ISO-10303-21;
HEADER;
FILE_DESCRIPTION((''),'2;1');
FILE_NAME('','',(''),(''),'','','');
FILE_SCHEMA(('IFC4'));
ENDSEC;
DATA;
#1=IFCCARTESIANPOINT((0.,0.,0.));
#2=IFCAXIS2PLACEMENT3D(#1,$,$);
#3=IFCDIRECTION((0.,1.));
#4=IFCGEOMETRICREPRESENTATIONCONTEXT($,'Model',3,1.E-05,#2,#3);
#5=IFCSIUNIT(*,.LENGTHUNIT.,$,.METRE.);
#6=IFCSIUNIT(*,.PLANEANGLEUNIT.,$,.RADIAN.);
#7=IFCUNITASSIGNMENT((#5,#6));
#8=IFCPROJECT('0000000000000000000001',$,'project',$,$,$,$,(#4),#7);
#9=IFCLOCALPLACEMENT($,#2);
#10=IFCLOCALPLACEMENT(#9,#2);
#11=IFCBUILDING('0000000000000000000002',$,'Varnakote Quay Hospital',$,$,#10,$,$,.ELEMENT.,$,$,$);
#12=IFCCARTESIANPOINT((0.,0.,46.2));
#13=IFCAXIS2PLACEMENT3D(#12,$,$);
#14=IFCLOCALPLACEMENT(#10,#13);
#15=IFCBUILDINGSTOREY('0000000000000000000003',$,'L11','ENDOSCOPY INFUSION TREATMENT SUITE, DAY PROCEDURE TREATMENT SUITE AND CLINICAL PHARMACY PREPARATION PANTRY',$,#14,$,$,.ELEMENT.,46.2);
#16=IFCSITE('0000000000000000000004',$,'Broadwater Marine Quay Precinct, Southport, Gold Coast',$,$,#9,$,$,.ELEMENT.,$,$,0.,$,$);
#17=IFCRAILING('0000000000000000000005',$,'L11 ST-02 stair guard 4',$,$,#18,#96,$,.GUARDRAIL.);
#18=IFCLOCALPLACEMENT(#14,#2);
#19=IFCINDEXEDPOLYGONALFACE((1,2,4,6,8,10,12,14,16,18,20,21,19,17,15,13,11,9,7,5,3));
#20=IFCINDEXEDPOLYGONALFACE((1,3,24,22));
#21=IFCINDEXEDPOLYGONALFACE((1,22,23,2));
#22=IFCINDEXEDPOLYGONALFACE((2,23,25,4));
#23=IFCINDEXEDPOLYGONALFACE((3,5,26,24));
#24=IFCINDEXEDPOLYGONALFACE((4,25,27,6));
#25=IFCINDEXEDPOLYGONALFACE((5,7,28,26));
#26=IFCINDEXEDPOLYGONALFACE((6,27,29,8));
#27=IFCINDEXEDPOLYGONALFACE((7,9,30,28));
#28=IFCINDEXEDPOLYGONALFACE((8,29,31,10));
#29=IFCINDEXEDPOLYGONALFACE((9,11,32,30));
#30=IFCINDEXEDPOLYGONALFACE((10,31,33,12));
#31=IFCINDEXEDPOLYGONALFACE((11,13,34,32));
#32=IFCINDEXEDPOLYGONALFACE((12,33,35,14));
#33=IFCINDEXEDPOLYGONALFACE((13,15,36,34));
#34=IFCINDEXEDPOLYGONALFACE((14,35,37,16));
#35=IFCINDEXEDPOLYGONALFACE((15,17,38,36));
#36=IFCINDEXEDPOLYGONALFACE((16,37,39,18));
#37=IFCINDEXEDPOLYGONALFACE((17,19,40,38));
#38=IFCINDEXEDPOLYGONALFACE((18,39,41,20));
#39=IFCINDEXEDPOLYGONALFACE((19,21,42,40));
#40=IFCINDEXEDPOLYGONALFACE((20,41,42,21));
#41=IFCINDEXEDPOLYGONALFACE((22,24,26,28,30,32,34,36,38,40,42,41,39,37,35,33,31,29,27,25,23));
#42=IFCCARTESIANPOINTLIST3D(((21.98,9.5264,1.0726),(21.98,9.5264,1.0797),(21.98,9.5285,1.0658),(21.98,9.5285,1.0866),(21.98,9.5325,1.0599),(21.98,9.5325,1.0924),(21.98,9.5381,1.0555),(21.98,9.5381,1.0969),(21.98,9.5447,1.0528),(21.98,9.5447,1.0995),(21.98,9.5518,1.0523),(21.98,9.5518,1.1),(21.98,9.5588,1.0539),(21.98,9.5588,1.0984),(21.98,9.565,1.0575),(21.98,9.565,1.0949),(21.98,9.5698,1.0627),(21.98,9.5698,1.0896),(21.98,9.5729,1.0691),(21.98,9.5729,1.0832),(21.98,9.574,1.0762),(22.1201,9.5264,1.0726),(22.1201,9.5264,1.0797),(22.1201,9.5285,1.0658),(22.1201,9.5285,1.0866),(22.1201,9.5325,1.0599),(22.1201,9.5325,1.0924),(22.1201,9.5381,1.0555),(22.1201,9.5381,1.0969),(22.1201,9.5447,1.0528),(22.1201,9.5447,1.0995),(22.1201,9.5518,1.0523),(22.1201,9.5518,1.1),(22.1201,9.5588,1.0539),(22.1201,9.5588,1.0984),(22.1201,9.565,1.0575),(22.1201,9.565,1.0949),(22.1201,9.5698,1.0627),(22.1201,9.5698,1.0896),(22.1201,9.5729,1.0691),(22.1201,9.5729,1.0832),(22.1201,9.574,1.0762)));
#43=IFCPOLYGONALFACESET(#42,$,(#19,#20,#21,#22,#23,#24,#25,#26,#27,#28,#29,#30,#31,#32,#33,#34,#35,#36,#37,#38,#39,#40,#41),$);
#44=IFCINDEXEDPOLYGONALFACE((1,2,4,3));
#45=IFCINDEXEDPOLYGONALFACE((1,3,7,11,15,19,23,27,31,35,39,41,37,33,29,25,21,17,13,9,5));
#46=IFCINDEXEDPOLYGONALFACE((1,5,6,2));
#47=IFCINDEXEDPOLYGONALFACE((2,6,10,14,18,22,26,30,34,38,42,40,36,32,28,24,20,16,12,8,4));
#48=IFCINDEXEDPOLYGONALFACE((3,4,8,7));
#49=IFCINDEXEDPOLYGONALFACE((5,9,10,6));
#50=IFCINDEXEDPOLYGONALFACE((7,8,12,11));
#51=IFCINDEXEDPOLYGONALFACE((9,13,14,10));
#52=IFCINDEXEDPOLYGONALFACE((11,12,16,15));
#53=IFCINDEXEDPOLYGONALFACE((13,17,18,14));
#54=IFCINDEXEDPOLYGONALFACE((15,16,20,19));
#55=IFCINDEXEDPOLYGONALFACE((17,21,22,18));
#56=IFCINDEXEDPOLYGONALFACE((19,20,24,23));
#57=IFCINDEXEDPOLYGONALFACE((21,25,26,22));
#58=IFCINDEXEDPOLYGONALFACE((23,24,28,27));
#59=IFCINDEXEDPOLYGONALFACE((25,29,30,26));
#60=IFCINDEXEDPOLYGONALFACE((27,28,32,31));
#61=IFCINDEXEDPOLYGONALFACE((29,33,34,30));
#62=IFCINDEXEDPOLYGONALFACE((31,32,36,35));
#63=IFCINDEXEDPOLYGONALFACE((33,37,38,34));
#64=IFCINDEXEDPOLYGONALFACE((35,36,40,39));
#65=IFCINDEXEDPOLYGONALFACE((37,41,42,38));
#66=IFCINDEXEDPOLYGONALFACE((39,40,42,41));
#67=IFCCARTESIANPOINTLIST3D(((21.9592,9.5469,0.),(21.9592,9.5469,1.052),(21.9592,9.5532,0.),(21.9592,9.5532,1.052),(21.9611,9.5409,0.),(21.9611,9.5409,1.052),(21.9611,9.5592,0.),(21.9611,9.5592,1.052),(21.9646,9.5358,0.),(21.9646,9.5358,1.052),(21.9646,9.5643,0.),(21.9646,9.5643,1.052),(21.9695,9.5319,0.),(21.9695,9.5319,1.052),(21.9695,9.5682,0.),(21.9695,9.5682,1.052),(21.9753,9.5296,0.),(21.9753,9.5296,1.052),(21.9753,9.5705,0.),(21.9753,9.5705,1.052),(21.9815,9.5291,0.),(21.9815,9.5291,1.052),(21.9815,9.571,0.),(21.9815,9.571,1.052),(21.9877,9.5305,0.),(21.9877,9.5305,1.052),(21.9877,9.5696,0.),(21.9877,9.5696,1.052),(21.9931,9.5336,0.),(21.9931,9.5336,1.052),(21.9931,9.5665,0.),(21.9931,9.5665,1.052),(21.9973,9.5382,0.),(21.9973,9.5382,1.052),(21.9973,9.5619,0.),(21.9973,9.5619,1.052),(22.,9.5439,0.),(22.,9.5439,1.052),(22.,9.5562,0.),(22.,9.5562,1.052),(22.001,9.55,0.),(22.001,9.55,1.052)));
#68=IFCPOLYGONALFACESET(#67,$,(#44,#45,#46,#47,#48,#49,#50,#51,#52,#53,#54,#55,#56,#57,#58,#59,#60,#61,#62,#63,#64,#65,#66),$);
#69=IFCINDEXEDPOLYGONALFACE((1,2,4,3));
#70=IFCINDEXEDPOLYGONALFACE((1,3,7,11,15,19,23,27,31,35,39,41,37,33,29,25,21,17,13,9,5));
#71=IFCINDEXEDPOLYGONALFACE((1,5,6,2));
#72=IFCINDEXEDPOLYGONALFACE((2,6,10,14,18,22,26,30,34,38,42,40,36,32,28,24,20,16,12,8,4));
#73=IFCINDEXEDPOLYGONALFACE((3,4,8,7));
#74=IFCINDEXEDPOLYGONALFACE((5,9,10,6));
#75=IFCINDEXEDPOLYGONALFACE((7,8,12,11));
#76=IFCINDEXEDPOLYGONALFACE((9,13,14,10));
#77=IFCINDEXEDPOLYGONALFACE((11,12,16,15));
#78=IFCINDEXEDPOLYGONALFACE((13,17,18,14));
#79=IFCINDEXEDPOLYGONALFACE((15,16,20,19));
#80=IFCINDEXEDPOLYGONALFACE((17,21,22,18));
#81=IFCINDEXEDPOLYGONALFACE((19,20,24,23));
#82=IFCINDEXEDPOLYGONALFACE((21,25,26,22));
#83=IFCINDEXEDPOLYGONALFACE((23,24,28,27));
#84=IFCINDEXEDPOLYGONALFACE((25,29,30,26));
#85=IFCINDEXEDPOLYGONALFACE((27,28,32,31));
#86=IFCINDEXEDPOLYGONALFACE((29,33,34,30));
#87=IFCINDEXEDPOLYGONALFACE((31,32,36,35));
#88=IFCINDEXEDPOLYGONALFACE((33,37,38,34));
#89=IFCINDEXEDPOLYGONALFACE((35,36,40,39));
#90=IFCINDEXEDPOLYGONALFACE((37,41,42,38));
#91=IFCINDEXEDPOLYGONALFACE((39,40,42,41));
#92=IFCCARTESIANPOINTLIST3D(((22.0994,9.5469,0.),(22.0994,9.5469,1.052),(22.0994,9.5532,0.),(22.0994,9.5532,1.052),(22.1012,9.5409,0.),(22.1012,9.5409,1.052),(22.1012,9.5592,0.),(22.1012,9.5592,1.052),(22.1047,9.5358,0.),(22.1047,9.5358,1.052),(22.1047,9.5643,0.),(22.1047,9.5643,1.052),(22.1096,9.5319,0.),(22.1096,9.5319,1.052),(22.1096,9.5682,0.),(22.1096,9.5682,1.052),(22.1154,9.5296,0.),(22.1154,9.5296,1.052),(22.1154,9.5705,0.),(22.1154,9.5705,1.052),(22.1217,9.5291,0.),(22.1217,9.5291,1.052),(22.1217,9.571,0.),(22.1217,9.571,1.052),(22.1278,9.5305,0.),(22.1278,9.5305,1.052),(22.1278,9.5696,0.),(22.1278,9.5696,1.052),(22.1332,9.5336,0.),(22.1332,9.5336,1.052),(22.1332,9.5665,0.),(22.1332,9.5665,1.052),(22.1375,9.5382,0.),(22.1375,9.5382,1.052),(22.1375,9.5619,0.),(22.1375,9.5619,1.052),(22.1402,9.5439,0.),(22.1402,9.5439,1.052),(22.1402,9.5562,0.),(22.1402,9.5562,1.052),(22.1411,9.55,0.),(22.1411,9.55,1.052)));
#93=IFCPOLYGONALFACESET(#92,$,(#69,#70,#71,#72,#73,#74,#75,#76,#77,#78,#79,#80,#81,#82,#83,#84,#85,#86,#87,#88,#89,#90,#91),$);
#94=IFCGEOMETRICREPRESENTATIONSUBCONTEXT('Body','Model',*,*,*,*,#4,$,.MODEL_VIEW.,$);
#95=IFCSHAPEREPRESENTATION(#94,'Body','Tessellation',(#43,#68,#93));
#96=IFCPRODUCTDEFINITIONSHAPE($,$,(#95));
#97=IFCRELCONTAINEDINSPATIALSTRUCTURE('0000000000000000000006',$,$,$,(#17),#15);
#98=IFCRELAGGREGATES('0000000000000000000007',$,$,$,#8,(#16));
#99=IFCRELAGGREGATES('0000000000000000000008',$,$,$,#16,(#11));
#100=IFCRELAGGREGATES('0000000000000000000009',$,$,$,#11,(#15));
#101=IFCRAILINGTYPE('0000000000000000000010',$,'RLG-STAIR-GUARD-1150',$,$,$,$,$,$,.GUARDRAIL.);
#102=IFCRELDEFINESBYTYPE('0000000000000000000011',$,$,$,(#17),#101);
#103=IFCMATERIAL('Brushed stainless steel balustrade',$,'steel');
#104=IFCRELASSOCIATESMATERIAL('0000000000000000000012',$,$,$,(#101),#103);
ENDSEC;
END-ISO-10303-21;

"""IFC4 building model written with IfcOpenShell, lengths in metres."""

from ifc_helpers import new_model, si_unit, direction, frame, origin, origin_2d, place, context, subcontext, project, spatial, circle, extrude, material, type_object, element, save


model = new_model("IFC4")

# Units and contexts
model_context = context("Model", 3, precision=1e-05, world=origin(), true_north=direction((0.0, 1.0)))
body_context = subcontext(model_context, "Body", "Model", "MODEL_VIEW")
ifc_project = project(units=[si_unit("LENGTHUNIT", "METRE"), si_unit("PLANEANGLEUNIT", "RADIAN")], contexts=[model_context])

# Site, building, storey
site_placement = place(None, origin())
site = spatial("IfcSite", under=ifc_project, at=site_placement, Name="Broadwater Marine Quay Precinct, Southport, Gold Coast", CompositionType="ELEMENT", RefElevation=0.0)
building_placement = place(site_placement, origin())
building = spatial("IfcBuilding", under=site, at=building_placement, Name="Varnakote Quay Hospital", CompositionType="ELEMENT")
storey_placement = place(building_placement, frame((0.0, 0.0, 46.2)))
storey = spatial("IfcBuildingStorey", under=building, at=storey_placement, Name="L11", Description="ENDOSCOPY INFUSION TREATMENT SUITE, DAY PROCEDURE TREATMENT SUITE AND CLINICAL PHARMACY PREPARATION PANTRY", CompositionType="ELEMENT", Elevation=46.2)

# Railing
ifc_material_1 = material(Name="Brushed stainless steel balustrade", Category="steel")
railing_type_1 = type_object("IfcRailingType", Name="RLG-STAIR-GUARD-1150", PredefinedType="GUARDRAIL", material=ifc_material_1)
railing_1_placement = place(storey_placement, frame((21.98, 9.55, 0.0)))
element("IfcRailing", 1, at=railing_1_placement, inside=storey, type_object=railing_type_1, Name="L11 ST-02 stair guard 4", PredefinedType="GUARDRAIL", context=body_context, shape_type="SweptSolid", body=[
    extrude(circle(Radius=0.0239, at=origin_2d()), frame((0.0, 0.0, 1.0762), z_axis=(1.0, 0.0, 0.0), x_axis=(0.0, 1.0, 0.0)), (0.0, 0.0, 1.0), 0.1401),
    extrude(circle(Radius=0.021, at=origin_2d()), origin(), (0.0, 0.0, 1.0), 1.052),
    extrude(circle(Radius=0.021, at=origin_2d()), frame((0.1401, 0.0, 0.0)), (0.0, 0.0, 1.0), 1.052),
])

save(model, "model.ifc")
